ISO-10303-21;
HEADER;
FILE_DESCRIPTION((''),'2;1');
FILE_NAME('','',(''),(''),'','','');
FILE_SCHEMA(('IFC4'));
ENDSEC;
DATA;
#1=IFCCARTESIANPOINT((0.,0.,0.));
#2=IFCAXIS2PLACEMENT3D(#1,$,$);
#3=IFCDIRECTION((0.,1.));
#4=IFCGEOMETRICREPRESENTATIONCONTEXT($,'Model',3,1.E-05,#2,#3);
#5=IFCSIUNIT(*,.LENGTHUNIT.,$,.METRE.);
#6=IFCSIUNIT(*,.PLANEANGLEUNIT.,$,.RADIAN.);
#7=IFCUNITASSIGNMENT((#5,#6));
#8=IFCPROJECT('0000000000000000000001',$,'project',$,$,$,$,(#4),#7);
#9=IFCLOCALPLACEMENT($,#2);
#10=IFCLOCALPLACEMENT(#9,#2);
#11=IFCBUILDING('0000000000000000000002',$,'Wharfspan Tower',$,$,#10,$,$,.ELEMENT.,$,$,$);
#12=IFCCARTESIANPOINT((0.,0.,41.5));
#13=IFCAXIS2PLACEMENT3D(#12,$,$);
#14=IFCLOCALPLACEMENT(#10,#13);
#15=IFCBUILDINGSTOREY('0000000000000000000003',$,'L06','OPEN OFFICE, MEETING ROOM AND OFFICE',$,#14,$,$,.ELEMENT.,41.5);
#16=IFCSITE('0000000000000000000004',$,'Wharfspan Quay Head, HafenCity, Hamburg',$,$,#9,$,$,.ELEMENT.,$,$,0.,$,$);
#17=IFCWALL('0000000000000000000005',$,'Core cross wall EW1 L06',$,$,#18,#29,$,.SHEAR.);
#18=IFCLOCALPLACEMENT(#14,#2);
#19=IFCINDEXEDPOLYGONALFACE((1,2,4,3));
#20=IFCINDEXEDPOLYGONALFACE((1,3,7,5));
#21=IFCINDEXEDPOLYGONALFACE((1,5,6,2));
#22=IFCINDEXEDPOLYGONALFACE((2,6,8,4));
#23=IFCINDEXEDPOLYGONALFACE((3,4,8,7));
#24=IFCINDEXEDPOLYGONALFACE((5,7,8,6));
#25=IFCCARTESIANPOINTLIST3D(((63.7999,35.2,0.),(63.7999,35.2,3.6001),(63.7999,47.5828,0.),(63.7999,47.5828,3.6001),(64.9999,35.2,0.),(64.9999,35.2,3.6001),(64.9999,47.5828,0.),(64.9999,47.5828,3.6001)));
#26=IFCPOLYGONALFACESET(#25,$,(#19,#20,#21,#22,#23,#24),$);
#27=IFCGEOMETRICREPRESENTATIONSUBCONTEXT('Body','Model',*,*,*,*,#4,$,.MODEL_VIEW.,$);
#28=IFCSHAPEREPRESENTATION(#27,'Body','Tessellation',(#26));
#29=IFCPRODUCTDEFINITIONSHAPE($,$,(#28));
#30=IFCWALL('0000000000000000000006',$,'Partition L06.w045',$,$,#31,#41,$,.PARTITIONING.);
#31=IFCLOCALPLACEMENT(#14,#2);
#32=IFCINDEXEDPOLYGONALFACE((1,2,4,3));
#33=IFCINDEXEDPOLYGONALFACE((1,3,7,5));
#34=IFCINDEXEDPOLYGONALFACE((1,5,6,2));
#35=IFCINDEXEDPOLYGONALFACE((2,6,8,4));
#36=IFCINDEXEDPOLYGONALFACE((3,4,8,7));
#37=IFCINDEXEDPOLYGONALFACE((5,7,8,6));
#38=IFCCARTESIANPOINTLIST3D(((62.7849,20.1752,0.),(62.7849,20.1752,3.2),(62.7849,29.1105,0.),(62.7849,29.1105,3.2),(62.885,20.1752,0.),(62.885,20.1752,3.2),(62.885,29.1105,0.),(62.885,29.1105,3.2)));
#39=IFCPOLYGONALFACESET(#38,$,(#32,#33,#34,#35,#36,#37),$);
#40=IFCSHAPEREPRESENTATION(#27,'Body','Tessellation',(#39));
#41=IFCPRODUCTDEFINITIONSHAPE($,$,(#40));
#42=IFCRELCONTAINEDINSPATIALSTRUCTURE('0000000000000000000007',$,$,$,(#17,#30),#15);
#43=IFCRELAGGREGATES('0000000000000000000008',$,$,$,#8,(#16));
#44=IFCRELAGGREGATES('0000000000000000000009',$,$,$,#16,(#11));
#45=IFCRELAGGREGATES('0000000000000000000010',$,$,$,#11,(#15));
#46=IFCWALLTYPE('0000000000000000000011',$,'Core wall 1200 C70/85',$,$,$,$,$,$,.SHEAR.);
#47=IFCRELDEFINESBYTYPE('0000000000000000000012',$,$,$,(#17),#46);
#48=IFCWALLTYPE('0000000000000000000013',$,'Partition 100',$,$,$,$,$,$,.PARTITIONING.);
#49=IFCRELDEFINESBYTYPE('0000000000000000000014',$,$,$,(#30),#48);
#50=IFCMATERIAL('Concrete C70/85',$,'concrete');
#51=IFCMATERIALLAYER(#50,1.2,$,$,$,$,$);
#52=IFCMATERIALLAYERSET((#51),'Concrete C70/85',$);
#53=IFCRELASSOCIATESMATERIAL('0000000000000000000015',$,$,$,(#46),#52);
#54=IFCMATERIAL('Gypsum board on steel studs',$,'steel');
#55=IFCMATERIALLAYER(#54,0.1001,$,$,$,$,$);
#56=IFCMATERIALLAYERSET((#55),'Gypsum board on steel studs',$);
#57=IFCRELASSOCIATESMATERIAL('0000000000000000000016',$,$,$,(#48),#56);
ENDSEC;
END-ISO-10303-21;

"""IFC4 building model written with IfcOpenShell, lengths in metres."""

from ifc_helpers import new_model, si_unit, direction, frame, frame_2d, origin, place, context, subcontext, project, spatial, rectangle, extrude, material, layer, layer_set, type_object, element, save


model = new_model("IFC4")

# Units and contexts
model_context = context("Model", 3, precision=1e-05, world=origin(), true_north=direction((0.0, 1.0)))
body_context = subcontext(model_context, "Body", "Model", "MODEL_VIEW")
ifc_project = project(units=[si_unit("LENGTHUNIT", "METRE"), si_unit("PLANEANGLEUNIT", "RADIAN")], contexts=[model_context])

# Site, building, storey
site_placement = place(None, origin())
site = spatial("IfcSite", under=ifc_project, at=site_placement, Name="Wharfspan Quay Head, HafenCity, Hamburg", CompositionType="ELEMENT", RefElevation=0.0)
building_placement = place(site_placement, origin())
building = spatial("IfcBuilding", under=site, at=building_placement, Name="Wharfspan Tower", CompositionType="ELEMENT")
storey_placement = place(building_placement, frame((0.0, 0.0, 41.5)))
storey = spatial("IfcBuildingStorey", under=building, at=storey_placement, Name="L06", Description="OPEN OFFICE, MEETING ROOM AND OFFICE", CompositionType="ELEMENT", Elevation=41.5)

# Shared definitions
ifc_material_1 = material(Name="Gypsum board on steel studs", Category="steel")

# Walls
ifc_material_2 = material(Name="Concrete C70/85", Category="concrete")
ifc_layer_1 = layer(ifc_material_2, 1.2)
ifc_layer_set_1 = layer_set([ifc_layer_1], Name="Concrete C70/85")
wall_type_1 = type_object("IfcWallType", Name="Core wall 1200 C70/85", PredefinedType="SHEAR", material=ifc_layer_set_1)
wall_1_placement = place(storey_placement, frame((64.3999, 35.2, 0.0), z_axis=(0.0, 0.0, 1.0), x_axis=(0.0, 1.0, 0.0)))
element("IfcWall", 1, at=wall_1_placement, inside=storey, type_object=wall_type_1, Name="Core cross wall EW1 L06", PredefinedType="SHEAR", context=body_context, shape_type="SweptSolid", body=[
    extrude(rectangle(XDim=12.3828, YDim=1.2, at=frame_2d((6.1914, 0.0))), origin(), (0.0, 0.0, 1.0), 3.6001),
])
ifc_layer_2 = layer(ifc_material_1, 0.1001)
ifc_layer_set_2 = layer_set([ifc_layer_2], Name="Gypsum board on steel studs")
wall_type_2 = type_object("IfcWallType", Name="Partition 100", PredefinedType="PARTITIONING", material=ifc_layer_set_2)
wall_2_placement = place(storey_placement, frame((62.835, 20.175, 0.0), z_axis=(0.0, 0.0, 1.0), x_axis=(0.0, 1.0, 0.0)))
element("IfcWall", 2, at=wall_2_placement, inside=storey, type_object=wall_type_2, Name="Partition L06.w045", PredefinedType="PARTITIONING", context=body_context, shape_type="SweptSolid", body=[
    extrude(rectangle(XDim=8.9353, YDim=0.1001, at=frame_2d((4.4678, 0.0))), origin(), (0.0, 0.0, 1.0), 3.2),
])

save(model, "model.ifc")
